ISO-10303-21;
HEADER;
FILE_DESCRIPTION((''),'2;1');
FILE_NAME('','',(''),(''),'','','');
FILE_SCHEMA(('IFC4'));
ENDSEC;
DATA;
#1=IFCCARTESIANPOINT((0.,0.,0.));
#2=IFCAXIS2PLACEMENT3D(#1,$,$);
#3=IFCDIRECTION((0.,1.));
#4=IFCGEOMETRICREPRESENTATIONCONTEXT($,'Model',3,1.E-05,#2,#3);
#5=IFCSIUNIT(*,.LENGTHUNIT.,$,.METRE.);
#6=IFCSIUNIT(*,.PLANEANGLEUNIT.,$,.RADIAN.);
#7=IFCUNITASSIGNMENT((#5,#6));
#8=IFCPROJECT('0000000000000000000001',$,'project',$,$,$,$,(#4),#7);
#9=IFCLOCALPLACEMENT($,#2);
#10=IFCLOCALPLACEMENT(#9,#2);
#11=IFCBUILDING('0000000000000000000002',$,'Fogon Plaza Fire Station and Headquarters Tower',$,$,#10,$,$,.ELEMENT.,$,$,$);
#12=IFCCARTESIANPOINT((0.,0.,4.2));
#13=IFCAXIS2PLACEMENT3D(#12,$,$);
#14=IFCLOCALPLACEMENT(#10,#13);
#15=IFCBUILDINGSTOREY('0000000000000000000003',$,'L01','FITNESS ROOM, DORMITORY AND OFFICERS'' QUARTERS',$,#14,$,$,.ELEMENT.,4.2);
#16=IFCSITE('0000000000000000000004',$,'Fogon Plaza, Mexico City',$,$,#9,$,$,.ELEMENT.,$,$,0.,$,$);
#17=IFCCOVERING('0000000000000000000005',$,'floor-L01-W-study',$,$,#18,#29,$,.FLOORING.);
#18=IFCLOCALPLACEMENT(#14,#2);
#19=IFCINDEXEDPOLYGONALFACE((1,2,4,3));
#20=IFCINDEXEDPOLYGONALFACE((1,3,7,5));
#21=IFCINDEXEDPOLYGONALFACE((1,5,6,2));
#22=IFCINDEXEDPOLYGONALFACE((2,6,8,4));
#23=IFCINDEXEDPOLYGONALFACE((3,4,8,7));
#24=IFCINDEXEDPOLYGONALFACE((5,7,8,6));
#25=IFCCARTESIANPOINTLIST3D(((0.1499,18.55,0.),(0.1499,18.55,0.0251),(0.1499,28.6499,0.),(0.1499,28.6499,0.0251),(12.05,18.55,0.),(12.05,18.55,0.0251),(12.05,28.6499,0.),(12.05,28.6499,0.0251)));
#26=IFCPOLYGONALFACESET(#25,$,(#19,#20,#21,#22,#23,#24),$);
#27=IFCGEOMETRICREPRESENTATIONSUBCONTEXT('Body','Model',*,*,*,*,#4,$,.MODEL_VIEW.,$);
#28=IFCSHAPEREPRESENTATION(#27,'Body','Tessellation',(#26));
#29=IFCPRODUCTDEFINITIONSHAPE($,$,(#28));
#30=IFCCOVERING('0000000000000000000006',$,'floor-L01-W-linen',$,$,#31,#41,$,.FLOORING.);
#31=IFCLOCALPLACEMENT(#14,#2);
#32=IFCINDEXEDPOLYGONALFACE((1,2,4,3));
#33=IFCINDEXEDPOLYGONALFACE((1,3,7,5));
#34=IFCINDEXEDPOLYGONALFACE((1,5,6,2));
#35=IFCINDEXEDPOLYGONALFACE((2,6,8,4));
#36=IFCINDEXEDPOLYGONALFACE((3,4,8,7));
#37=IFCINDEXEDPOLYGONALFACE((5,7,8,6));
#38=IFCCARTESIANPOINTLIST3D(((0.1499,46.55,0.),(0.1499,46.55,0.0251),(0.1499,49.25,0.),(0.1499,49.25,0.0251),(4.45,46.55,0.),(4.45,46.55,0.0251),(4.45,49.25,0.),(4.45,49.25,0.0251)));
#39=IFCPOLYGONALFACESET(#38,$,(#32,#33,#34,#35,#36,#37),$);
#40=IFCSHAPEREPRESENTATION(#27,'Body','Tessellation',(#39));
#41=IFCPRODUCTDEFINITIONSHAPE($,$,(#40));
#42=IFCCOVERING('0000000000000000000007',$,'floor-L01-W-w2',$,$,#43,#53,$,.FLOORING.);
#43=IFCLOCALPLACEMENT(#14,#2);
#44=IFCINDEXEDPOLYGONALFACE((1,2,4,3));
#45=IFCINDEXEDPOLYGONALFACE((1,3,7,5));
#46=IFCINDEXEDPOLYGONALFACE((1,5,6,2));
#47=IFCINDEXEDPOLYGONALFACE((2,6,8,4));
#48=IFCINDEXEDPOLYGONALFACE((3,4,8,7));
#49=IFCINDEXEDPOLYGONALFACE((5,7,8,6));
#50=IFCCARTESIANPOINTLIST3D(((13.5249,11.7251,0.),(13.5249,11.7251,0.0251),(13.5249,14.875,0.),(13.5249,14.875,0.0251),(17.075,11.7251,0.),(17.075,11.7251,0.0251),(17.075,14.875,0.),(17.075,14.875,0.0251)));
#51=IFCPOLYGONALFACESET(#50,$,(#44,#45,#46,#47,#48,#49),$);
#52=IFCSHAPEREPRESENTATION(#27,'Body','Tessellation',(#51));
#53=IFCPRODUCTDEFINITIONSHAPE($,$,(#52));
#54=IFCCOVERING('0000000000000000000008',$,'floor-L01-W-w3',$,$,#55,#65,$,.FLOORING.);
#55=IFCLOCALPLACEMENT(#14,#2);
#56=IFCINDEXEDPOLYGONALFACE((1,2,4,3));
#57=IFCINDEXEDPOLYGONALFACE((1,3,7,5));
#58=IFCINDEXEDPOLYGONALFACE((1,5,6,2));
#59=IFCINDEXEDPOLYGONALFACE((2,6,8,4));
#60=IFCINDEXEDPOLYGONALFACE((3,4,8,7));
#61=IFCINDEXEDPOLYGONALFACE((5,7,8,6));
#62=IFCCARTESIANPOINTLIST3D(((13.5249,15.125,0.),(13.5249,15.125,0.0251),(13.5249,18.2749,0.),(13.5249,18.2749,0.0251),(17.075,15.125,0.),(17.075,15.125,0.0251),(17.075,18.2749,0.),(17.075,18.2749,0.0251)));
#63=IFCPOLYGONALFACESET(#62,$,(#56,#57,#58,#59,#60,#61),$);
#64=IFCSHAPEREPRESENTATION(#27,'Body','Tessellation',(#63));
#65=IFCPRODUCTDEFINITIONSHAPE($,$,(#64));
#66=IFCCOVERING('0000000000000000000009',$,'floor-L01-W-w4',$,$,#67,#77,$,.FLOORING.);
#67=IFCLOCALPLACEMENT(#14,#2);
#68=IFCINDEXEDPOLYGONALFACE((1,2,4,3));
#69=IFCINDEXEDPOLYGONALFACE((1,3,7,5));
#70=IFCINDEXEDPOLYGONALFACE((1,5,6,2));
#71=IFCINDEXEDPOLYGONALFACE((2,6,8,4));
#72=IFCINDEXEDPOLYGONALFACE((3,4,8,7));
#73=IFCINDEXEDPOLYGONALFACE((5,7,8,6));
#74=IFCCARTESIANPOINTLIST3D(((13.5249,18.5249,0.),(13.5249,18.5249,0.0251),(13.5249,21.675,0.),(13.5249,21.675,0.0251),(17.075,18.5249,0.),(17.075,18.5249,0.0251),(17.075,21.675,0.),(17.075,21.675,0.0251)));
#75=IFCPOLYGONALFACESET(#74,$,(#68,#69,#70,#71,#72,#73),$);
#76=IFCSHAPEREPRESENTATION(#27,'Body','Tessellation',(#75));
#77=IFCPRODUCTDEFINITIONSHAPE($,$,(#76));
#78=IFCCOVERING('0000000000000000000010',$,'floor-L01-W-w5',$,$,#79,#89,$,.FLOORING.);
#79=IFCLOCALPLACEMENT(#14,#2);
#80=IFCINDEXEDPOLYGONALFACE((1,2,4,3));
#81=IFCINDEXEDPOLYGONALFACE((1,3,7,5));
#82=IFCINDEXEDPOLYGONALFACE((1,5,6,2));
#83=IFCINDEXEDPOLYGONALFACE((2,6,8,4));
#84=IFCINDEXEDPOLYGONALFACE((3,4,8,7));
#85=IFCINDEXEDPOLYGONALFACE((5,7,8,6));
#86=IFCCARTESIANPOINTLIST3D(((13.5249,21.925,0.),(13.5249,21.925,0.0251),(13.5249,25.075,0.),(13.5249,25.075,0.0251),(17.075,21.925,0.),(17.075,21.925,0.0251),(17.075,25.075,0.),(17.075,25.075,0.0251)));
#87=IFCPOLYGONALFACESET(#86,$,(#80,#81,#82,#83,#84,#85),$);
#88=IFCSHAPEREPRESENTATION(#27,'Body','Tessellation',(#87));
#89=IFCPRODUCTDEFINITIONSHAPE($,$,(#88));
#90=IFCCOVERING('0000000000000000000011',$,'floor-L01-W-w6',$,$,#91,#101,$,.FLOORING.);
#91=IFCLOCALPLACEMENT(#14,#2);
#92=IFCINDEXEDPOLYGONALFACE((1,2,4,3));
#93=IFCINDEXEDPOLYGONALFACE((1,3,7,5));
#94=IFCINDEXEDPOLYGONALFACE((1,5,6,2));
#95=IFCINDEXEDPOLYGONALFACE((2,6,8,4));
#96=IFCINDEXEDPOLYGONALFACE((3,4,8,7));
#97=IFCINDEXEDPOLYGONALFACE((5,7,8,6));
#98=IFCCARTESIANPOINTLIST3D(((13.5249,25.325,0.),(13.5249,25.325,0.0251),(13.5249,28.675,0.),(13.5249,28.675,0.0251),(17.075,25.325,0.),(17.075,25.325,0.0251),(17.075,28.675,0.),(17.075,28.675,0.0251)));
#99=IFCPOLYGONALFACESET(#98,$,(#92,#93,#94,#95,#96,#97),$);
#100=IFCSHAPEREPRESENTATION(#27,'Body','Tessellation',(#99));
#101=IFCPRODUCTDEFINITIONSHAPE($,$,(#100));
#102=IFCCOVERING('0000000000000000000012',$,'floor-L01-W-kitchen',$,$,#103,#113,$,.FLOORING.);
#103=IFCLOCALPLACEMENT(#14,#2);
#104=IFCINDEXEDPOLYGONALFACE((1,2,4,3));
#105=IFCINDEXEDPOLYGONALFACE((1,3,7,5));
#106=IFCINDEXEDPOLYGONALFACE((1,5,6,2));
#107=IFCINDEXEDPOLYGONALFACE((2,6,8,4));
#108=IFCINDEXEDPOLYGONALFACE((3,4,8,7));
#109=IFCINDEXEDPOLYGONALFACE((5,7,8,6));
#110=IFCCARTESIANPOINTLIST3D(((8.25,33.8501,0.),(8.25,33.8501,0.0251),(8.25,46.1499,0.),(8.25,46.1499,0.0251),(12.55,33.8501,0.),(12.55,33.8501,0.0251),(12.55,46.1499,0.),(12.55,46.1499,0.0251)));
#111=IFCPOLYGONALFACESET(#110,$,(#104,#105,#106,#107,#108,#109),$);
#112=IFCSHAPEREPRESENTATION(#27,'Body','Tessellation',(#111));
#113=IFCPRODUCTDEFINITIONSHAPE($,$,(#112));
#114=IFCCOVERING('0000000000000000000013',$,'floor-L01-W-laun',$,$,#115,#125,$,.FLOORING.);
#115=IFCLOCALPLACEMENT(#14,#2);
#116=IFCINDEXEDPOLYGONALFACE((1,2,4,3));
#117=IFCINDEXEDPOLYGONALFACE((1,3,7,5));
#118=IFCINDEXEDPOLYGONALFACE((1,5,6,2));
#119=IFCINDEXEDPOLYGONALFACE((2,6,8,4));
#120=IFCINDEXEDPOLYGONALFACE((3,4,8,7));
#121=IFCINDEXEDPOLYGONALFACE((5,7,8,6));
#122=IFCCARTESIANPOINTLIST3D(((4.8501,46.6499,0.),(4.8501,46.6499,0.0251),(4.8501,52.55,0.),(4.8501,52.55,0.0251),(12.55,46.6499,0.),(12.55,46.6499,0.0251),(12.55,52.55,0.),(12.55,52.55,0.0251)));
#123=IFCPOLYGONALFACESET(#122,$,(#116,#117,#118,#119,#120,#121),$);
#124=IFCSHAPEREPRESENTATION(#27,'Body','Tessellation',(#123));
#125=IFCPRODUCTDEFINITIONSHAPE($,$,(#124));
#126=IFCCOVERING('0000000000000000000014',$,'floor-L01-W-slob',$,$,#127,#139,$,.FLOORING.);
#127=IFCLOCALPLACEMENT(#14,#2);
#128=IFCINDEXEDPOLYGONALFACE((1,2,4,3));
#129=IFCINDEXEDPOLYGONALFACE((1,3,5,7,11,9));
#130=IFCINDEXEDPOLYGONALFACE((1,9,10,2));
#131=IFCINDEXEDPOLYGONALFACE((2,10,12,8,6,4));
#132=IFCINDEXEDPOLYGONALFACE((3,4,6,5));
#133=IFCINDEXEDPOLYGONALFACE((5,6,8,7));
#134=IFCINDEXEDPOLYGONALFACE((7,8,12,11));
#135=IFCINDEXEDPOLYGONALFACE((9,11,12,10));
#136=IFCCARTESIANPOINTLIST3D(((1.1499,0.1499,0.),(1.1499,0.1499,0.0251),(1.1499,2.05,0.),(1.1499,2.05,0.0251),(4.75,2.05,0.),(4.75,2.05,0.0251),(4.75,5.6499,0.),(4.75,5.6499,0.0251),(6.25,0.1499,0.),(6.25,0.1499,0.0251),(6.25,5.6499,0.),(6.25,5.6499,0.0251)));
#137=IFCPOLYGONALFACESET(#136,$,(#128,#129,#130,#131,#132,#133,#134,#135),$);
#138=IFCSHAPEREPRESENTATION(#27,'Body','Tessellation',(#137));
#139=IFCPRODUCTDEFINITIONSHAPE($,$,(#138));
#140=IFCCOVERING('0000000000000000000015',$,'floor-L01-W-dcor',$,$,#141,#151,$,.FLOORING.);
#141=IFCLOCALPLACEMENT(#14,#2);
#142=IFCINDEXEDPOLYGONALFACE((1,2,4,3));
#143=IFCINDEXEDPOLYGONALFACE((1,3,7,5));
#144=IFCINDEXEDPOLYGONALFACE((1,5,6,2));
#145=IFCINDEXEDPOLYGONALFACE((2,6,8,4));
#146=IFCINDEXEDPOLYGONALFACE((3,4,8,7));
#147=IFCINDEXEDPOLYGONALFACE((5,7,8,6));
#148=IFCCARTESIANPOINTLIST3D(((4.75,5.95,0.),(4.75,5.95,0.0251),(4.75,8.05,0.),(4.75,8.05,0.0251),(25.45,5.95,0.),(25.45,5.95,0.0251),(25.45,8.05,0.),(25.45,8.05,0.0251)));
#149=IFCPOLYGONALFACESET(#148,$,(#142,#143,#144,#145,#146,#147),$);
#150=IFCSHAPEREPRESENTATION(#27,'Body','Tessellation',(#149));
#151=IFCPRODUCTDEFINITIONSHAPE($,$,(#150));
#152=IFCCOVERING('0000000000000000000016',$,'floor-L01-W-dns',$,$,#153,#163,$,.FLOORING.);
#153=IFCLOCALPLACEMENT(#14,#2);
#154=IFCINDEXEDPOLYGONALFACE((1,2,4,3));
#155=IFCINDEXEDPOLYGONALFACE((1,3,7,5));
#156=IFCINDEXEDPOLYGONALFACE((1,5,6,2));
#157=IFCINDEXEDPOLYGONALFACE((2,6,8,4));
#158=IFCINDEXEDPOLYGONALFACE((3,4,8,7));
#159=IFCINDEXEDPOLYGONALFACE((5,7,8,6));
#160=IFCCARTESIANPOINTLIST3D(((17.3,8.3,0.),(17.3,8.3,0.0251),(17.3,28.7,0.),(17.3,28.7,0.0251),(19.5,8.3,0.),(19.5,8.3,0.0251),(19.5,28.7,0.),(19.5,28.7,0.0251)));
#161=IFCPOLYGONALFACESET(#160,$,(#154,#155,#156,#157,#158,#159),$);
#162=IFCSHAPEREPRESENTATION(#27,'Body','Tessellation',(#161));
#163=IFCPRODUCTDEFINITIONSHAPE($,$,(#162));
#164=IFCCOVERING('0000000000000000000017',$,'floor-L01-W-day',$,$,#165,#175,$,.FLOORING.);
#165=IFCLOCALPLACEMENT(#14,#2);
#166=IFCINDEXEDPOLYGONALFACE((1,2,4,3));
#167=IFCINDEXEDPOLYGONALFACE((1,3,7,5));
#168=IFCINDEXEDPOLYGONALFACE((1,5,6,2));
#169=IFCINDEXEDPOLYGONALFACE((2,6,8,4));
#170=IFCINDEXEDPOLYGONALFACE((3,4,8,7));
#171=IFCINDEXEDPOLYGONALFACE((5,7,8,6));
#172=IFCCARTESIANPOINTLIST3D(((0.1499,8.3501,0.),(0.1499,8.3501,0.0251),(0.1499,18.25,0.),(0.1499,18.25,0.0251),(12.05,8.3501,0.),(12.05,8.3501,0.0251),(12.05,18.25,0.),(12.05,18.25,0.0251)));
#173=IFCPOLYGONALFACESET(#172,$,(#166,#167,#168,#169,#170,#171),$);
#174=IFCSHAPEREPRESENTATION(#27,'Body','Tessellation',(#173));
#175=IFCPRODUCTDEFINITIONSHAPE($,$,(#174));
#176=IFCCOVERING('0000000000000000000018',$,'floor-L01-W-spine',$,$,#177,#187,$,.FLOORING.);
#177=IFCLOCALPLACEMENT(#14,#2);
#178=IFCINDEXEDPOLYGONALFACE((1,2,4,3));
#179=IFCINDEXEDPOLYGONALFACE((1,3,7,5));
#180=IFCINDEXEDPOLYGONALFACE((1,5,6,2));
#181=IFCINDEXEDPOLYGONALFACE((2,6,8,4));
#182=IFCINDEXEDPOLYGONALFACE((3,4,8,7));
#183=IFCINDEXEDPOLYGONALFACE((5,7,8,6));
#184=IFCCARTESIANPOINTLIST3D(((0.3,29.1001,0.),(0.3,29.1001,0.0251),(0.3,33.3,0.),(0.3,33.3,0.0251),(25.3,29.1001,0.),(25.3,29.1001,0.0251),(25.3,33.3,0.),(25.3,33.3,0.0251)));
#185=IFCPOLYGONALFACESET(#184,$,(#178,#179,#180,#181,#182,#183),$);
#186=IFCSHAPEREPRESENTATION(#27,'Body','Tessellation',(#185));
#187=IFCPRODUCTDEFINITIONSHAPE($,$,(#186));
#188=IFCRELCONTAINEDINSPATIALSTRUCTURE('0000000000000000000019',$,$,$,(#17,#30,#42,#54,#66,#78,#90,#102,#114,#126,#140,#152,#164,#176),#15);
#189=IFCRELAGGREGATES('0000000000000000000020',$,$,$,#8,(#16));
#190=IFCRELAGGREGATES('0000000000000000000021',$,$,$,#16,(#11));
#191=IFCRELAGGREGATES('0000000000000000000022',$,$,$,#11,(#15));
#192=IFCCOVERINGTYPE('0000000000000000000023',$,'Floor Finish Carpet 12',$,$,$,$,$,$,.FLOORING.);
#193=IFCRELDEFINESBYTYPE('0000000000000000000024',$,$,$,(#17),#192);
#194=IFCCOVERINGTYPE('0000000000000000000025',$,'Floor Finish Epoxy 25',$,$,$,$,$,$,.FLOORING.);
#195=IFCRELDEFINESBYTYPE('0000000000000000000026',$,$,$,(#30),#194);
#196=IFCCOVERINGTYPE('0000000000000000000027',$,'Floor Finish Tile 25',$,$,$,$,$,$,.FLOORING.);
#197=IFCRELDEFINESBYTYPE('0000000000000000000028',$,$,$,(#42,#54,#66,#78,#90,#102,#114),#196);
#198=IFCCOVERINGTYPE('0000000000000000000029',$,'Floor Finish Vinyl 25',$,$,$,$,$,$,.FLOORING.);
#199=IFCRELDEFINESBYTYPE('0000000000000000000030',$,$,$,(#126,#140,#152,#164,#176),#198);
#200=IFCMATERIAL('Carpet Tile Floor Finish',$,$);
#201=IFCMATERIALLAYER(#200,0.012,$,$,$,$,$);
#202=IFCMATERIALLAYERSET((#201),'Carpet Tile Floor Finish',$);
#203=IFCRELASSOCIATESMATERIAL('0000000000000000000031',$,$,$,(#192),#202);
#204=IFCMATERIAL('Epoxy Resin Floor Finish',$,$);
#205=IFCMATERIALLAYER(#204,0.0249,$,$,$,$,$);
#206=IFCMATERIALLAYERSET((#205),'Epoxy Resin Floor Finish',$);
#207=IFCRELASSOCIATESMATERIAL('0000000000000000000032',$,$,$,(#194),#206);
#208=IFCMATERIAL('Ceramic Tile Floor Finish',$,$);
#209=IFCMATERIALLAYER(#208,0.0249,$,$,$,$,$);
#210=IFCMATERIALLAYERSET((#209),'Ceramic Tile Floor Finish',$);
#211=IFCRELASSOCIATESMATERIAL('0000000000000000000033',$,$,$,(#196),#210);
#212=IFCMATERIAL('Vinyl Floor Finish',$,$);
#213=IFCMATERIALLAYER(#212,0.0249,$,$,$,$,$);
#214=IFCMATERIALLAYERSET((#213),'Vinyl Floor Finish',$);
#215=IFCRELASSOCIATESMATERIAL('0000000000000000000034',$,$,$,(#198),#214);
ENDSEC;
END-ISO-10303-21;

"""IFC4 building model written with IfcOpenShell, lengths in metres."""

from ifc_helpers import new_model, si_unit, direction, frame, origin, place, context, subcontext, project, spatial, polyline, outline, extrude, material, layer, layer_set, type_object, element, save


model = new_model("IFC4")

# Units and contexts
model_context = context("Model", 3, precision=1e-05, world=origin(), true_north=direction((0.0, 1.0)))
body_context = subcontext(model_context, "Body", "Model", "MODEL_VIEW")
ifc_project = project(units=[si_unit("LENGTHUNIT", "METRE"), si_unit("PLANEANGLEUNIT", "RADIAN")], contexts=[model_context])

# Site, building, storey
site_placement = place(None, origin())
site = spatial("IfcSite", under=ifc_project, at=site_placement, Name="Fogon Plaza, Mexico City", CompositionType="ELEMENT", RefElevation=0.0)
building_placement = place(site_placement, origin())
building = spatial("IfcBuilding", under=site, at=building_placement, Name="Fogon Plaza Fire Station and Headquarters Tower", CompositionType="ELEMENT")
storey_placement = place(building_placement, frame((0.0, 0.0, 4.2)))
storey = spatial("IfcBuildingStorey", under=building, at=storey_placement, Name="L01", Description="FITNESS ROOM, DORMITORY AND OFFICERS' QUARTERS", CompositionType="ELEMENT", Elevation=4.2)

# Coverings
ifc_material_1 = material(Name="Carpet Tile Floor Finish")
ifc_layer_1 = layer(ifc_material_1, 0.012)
ifc_layer_set_1 = layer_set([ifc_layer_1], Name="Carpet Tile Floor Finish")
covering_type_1 = type_object("IfcCoveringType", Name="Floor Finish Carpet 12", PredefinedType="FLOORING", material=ifc_layer_set_1)
covering_1_placement = place(storey_placement, origin())
element("IfcCovering", 1, at=covering_1_placement, inside=storey, type_object=covering_type_1, Name="floor-L01-W-study", PredefinedType="FLOORING", context=body_context, shape_type="SweptSolid", body=[
    extrude(outline(polyline([(0.1499, 18.55), (0.1499, 28.6499), (12.05, 28.6499), (12.05, 18.55), (0.1499, 18.55)])), origin(), (0.0, 0.0, 1.0), 0.0251),
])
ifc_material_2 = material(Name="Epoxy Resin Floor Finish")
ifc_layer_2 = layer(ifc_material_2, 0.0249)
ifc_layer_set_2 = layer_set([ifc_layer_2], Name="Epoxy Resin Floor Finish")
covering_type_2 = type_object("IfcCoveringType", Name="Floor Finish Epoxy 25", PredefinedType="FLOORING", material=ifc_layer_set_2)
covering_2_placement = place(storey_placement, origin())
element("IfcCovering", 2, at=covering_2_placement, inside=storey, type_object=covering_type_2, Name="floor-L01-W-linen", PredefinedType="FLOORING", context=body_context, shape_type="SweptSolid", body=[
    extrude(outline(polyline([(0.1499, 46.55), (0.1499, 49.25), (4.45, 49.25), (4.45, 46.55), (0.1499, 46.55)])), origin(), (0.0, 0.0, 1.0), 0.0251),
])
ifc_material_3 = material(Name="Ceramic Tile Floor Finish")
ifc_layer_3 = layer(ifc_material_3, 0.0249)
ifc_layer_set_3 = layer_set([ifc_layer_3], Name="Ceramic Tile Floor Finish")
covering_type_3 = type_object("IfcCoveringType", Name="Floor Finish Tile 25", PredefinedType="FLOORING", material=ifc_layer_set_3)
covering_3_placement = place(storey_placement, origin())
element("IfcCovering", 3, at=covering_3_placement, inside=storey, type_object=covering_type_3, Name="floor-L01-W-w2", PredefinedType="FLOORING", context=body_context, shape_type="SweptSolid", body=[
    extrude(outline(polyline([(13.5249, 11.7251), (13.5249, 14.875), (17.075, 14.875), (17.075, 11.7251), (13.5249, 11.7251)])), origin(), (0.0, 0.0, 1.0), 0.0251),
])
covering_4_placement = place(storey_placement, origin())
element("IfcCovering", 4, at=covering_4_placement, inside=storey, type_object=covering_type_3, Name="floor-L01-W-w3", PredefinedType="FLOORING", context=body_context, shape_type="SweptSolid", body=[
    extrude(outline(polyline([(13.5249, 15.125), (13.5249, 18.2749), (17.075, 18.2749), (17.075, 15.125), (13.5249, 15.125)])), origin(), (0.0, 0.0, 1.0), 0.0251),
])
covering_5_placement = place(storey_placement, origin())
element("IfcCovering", 5, at=covering_5_placement, inside=storey, type_object=covering_type_3, Name="floor-L01-W-w4", PredefinedType="FLOORING", context=body_context, shape_type="SweptSolid", body=[
    extrude(outline(polyline([(13.5249, 18.5249), (13.5249, 21.675), (17.075, 21.675), (17.075, 18.5249), (13.5249, 18.5249)])), origin(), (0.0, 0.0, 1.0), 0.0251),
])
covering_6_placement = place(storey_placement, origin())
element("IfcCovering", 6, at=covering_6_placement, inside=storey, type_object=covering_type_3, Name="floor-L01-W-w5", PredefinedType="FLOORING", context=body_context, shape_type="SweptSolid", body=[
    extrude(outline(polyline([(13.5249, 21.925), (13.5249, 25.075), (17.075, 25.075), (17.075, 21.925), (13.5249, 21.925)])), origin(), (0.0, 0.0, 1.0), 0.0251),
])
covering_7_placement = place(storey_placement, origin())
element("IfcCovering", 7, at=covering_7_placement, inside=storey, type_object=covering_type_3, Name="floor-L01-W-w6", PredefinedType="FLOORING", context=body_context, shape_type="SweptSolid", body=[
    extrude(outline(polyline([(13.5249, 25.325), (13.5249, 28.675), (17.075, 28.675), (17.075, 25.325), (13.5249, 25.325)])), origin(), (0.0, 0.0, 1.0), 0.0251),
])
covering_8_placement = place(storey_placement, origin())
element("IfcCovering", 8, at=covering_8_placement, inside=storey, type_object=covering_type_3, Name="floor-L01-W-kitchen", PredefinedType="FLOORING", context=body_context, shape_type="SweptSolid", body=[
    extrude(outline(polyline([(8.25, 33.8501), (8.25, 46.1499), (12.55, 46.1499), (12.55, 33.8501), (8.25, 33.8501)])), origin(), (0.0, 0.0, 1.0), 0.0251),
])
covering_9_placement = place(storey_placement, origin())
element("IfcCovering", 9, at=covering_9_placement, inside=storey, type_object=covering_type_3, Name="floor-L01-W-laun", PredefinedType="FLOORING", context=body_context, shape_type="SweptSolid", body=[
    extrude(outline(polyline([(4.8501, 46.6499), (4.8501, 52.55), (12.55, 52.55), (12.55, 46.6499), (4.8501, 46.6499)])), origin(), (0.0, 0.0, 1.0), 0.0251),
])
ifc_material_4 = material(Name="Vinyl Floor Finish")
ifc_layer_4 = layer(ifc_material_4, 0.0249)
ifc_layer_set_4 = layer_set([ifc_layer_4], Name="Vinyl Floor Finish")
covering_type_4 = type_object("IfcCoveringType", Name="Floor Finish Vinyl 25", PredefinedType="FLOORING", material=ifc_layer_set_4)
covering_10_placement = place(storey_placement, origin())
element("IfcCovering", 10, at=covering_10_placement, inside=storey, type_object=covering_type_4, Name="floor-L01-W-slob", PredefinedType="FLOORING", context=body_context, shape_type="SweptSolid", body=[
    extrude(outline(polyline([(1.1499, 0.1499), (1.1499, 2.05), (4.75, 2.05), (4.75, 5.6499), (6.25, 5.6499), (6.25, 0.1499), (1.1499, 0.1499)])), origin(), (0.0, 0.0, 1.0), 0.0251),
])
covering_11_placement = place(storey_placement, origin())
element("IfcCovering", 11, at=covering_11_placement, inside=storey, type_object=covering_type_4, Name="floor-L01-W-dcor", PredefinedType="FLOORING", context=body_context, shape_type="SweptSolid", body=[
    extrude(outline(polyline([(4.75, 5.95), (4.75, 8.05), (25.45, 8.05), (25.45, 5.95), (4.75, 5.95)])), origin(), (0.0, 0.0, 1.0), 0.0251),
])
covering_12_placement = place(storey_placement, origin())
element("IfcCovering", 12, at=covering_12_placement, inside=storey, type_object=covering_type_4, Name="floor-L01-W-dns", PredefinedType="FLOORING", context=body_context, shape_type="SweptSolid", body=[
    extrude(outline(polyline([(17.3, 8.3), (17.3, 28.7), (19.5, 28.7), (19.5, 8.3), (17.3, 8.3)])), origin(), (0.0, 0.0, 1.0), 0.0251),
])
covering_13_placement = place(storey_placement, origin())
element("IfcCovering", 13, at=covering_13_placement, inside=storey, type_object=covering_type_4, Name="floor-L01-W-day", PredefinedType="FLOORING", context=body_context, shape_type="SweptSolid", body=[
    extrude(outline(polyline([(0.1499, 8.3501), (0.1499, 18.25), (12.05, 18.25), (12.05, 8.3501), (0.1499, 8.3501)])), origin(), (0.0, 0.0, 1.0), 0.0251),
])
covering_14_placement = place(storey_placement, origin())
element("IfcCovering", 14, at=covering_14_placement, inside=storey, type_object=covering_type_4, Name="floor-L01-W-spine", PredefinedType="FLOORING", context=body_context, shape_type="SweptSolid", body=[
    extrude(outline(polyline([(0.3, 29.1001), (0.3, 33.3), (25.3, 33.3), (25.3, 29.1001), (0.3, 29.1001)])), origin(), (0.0, 0.0, 1.0), 0.0251),
])

save(model, "model.ifc")
